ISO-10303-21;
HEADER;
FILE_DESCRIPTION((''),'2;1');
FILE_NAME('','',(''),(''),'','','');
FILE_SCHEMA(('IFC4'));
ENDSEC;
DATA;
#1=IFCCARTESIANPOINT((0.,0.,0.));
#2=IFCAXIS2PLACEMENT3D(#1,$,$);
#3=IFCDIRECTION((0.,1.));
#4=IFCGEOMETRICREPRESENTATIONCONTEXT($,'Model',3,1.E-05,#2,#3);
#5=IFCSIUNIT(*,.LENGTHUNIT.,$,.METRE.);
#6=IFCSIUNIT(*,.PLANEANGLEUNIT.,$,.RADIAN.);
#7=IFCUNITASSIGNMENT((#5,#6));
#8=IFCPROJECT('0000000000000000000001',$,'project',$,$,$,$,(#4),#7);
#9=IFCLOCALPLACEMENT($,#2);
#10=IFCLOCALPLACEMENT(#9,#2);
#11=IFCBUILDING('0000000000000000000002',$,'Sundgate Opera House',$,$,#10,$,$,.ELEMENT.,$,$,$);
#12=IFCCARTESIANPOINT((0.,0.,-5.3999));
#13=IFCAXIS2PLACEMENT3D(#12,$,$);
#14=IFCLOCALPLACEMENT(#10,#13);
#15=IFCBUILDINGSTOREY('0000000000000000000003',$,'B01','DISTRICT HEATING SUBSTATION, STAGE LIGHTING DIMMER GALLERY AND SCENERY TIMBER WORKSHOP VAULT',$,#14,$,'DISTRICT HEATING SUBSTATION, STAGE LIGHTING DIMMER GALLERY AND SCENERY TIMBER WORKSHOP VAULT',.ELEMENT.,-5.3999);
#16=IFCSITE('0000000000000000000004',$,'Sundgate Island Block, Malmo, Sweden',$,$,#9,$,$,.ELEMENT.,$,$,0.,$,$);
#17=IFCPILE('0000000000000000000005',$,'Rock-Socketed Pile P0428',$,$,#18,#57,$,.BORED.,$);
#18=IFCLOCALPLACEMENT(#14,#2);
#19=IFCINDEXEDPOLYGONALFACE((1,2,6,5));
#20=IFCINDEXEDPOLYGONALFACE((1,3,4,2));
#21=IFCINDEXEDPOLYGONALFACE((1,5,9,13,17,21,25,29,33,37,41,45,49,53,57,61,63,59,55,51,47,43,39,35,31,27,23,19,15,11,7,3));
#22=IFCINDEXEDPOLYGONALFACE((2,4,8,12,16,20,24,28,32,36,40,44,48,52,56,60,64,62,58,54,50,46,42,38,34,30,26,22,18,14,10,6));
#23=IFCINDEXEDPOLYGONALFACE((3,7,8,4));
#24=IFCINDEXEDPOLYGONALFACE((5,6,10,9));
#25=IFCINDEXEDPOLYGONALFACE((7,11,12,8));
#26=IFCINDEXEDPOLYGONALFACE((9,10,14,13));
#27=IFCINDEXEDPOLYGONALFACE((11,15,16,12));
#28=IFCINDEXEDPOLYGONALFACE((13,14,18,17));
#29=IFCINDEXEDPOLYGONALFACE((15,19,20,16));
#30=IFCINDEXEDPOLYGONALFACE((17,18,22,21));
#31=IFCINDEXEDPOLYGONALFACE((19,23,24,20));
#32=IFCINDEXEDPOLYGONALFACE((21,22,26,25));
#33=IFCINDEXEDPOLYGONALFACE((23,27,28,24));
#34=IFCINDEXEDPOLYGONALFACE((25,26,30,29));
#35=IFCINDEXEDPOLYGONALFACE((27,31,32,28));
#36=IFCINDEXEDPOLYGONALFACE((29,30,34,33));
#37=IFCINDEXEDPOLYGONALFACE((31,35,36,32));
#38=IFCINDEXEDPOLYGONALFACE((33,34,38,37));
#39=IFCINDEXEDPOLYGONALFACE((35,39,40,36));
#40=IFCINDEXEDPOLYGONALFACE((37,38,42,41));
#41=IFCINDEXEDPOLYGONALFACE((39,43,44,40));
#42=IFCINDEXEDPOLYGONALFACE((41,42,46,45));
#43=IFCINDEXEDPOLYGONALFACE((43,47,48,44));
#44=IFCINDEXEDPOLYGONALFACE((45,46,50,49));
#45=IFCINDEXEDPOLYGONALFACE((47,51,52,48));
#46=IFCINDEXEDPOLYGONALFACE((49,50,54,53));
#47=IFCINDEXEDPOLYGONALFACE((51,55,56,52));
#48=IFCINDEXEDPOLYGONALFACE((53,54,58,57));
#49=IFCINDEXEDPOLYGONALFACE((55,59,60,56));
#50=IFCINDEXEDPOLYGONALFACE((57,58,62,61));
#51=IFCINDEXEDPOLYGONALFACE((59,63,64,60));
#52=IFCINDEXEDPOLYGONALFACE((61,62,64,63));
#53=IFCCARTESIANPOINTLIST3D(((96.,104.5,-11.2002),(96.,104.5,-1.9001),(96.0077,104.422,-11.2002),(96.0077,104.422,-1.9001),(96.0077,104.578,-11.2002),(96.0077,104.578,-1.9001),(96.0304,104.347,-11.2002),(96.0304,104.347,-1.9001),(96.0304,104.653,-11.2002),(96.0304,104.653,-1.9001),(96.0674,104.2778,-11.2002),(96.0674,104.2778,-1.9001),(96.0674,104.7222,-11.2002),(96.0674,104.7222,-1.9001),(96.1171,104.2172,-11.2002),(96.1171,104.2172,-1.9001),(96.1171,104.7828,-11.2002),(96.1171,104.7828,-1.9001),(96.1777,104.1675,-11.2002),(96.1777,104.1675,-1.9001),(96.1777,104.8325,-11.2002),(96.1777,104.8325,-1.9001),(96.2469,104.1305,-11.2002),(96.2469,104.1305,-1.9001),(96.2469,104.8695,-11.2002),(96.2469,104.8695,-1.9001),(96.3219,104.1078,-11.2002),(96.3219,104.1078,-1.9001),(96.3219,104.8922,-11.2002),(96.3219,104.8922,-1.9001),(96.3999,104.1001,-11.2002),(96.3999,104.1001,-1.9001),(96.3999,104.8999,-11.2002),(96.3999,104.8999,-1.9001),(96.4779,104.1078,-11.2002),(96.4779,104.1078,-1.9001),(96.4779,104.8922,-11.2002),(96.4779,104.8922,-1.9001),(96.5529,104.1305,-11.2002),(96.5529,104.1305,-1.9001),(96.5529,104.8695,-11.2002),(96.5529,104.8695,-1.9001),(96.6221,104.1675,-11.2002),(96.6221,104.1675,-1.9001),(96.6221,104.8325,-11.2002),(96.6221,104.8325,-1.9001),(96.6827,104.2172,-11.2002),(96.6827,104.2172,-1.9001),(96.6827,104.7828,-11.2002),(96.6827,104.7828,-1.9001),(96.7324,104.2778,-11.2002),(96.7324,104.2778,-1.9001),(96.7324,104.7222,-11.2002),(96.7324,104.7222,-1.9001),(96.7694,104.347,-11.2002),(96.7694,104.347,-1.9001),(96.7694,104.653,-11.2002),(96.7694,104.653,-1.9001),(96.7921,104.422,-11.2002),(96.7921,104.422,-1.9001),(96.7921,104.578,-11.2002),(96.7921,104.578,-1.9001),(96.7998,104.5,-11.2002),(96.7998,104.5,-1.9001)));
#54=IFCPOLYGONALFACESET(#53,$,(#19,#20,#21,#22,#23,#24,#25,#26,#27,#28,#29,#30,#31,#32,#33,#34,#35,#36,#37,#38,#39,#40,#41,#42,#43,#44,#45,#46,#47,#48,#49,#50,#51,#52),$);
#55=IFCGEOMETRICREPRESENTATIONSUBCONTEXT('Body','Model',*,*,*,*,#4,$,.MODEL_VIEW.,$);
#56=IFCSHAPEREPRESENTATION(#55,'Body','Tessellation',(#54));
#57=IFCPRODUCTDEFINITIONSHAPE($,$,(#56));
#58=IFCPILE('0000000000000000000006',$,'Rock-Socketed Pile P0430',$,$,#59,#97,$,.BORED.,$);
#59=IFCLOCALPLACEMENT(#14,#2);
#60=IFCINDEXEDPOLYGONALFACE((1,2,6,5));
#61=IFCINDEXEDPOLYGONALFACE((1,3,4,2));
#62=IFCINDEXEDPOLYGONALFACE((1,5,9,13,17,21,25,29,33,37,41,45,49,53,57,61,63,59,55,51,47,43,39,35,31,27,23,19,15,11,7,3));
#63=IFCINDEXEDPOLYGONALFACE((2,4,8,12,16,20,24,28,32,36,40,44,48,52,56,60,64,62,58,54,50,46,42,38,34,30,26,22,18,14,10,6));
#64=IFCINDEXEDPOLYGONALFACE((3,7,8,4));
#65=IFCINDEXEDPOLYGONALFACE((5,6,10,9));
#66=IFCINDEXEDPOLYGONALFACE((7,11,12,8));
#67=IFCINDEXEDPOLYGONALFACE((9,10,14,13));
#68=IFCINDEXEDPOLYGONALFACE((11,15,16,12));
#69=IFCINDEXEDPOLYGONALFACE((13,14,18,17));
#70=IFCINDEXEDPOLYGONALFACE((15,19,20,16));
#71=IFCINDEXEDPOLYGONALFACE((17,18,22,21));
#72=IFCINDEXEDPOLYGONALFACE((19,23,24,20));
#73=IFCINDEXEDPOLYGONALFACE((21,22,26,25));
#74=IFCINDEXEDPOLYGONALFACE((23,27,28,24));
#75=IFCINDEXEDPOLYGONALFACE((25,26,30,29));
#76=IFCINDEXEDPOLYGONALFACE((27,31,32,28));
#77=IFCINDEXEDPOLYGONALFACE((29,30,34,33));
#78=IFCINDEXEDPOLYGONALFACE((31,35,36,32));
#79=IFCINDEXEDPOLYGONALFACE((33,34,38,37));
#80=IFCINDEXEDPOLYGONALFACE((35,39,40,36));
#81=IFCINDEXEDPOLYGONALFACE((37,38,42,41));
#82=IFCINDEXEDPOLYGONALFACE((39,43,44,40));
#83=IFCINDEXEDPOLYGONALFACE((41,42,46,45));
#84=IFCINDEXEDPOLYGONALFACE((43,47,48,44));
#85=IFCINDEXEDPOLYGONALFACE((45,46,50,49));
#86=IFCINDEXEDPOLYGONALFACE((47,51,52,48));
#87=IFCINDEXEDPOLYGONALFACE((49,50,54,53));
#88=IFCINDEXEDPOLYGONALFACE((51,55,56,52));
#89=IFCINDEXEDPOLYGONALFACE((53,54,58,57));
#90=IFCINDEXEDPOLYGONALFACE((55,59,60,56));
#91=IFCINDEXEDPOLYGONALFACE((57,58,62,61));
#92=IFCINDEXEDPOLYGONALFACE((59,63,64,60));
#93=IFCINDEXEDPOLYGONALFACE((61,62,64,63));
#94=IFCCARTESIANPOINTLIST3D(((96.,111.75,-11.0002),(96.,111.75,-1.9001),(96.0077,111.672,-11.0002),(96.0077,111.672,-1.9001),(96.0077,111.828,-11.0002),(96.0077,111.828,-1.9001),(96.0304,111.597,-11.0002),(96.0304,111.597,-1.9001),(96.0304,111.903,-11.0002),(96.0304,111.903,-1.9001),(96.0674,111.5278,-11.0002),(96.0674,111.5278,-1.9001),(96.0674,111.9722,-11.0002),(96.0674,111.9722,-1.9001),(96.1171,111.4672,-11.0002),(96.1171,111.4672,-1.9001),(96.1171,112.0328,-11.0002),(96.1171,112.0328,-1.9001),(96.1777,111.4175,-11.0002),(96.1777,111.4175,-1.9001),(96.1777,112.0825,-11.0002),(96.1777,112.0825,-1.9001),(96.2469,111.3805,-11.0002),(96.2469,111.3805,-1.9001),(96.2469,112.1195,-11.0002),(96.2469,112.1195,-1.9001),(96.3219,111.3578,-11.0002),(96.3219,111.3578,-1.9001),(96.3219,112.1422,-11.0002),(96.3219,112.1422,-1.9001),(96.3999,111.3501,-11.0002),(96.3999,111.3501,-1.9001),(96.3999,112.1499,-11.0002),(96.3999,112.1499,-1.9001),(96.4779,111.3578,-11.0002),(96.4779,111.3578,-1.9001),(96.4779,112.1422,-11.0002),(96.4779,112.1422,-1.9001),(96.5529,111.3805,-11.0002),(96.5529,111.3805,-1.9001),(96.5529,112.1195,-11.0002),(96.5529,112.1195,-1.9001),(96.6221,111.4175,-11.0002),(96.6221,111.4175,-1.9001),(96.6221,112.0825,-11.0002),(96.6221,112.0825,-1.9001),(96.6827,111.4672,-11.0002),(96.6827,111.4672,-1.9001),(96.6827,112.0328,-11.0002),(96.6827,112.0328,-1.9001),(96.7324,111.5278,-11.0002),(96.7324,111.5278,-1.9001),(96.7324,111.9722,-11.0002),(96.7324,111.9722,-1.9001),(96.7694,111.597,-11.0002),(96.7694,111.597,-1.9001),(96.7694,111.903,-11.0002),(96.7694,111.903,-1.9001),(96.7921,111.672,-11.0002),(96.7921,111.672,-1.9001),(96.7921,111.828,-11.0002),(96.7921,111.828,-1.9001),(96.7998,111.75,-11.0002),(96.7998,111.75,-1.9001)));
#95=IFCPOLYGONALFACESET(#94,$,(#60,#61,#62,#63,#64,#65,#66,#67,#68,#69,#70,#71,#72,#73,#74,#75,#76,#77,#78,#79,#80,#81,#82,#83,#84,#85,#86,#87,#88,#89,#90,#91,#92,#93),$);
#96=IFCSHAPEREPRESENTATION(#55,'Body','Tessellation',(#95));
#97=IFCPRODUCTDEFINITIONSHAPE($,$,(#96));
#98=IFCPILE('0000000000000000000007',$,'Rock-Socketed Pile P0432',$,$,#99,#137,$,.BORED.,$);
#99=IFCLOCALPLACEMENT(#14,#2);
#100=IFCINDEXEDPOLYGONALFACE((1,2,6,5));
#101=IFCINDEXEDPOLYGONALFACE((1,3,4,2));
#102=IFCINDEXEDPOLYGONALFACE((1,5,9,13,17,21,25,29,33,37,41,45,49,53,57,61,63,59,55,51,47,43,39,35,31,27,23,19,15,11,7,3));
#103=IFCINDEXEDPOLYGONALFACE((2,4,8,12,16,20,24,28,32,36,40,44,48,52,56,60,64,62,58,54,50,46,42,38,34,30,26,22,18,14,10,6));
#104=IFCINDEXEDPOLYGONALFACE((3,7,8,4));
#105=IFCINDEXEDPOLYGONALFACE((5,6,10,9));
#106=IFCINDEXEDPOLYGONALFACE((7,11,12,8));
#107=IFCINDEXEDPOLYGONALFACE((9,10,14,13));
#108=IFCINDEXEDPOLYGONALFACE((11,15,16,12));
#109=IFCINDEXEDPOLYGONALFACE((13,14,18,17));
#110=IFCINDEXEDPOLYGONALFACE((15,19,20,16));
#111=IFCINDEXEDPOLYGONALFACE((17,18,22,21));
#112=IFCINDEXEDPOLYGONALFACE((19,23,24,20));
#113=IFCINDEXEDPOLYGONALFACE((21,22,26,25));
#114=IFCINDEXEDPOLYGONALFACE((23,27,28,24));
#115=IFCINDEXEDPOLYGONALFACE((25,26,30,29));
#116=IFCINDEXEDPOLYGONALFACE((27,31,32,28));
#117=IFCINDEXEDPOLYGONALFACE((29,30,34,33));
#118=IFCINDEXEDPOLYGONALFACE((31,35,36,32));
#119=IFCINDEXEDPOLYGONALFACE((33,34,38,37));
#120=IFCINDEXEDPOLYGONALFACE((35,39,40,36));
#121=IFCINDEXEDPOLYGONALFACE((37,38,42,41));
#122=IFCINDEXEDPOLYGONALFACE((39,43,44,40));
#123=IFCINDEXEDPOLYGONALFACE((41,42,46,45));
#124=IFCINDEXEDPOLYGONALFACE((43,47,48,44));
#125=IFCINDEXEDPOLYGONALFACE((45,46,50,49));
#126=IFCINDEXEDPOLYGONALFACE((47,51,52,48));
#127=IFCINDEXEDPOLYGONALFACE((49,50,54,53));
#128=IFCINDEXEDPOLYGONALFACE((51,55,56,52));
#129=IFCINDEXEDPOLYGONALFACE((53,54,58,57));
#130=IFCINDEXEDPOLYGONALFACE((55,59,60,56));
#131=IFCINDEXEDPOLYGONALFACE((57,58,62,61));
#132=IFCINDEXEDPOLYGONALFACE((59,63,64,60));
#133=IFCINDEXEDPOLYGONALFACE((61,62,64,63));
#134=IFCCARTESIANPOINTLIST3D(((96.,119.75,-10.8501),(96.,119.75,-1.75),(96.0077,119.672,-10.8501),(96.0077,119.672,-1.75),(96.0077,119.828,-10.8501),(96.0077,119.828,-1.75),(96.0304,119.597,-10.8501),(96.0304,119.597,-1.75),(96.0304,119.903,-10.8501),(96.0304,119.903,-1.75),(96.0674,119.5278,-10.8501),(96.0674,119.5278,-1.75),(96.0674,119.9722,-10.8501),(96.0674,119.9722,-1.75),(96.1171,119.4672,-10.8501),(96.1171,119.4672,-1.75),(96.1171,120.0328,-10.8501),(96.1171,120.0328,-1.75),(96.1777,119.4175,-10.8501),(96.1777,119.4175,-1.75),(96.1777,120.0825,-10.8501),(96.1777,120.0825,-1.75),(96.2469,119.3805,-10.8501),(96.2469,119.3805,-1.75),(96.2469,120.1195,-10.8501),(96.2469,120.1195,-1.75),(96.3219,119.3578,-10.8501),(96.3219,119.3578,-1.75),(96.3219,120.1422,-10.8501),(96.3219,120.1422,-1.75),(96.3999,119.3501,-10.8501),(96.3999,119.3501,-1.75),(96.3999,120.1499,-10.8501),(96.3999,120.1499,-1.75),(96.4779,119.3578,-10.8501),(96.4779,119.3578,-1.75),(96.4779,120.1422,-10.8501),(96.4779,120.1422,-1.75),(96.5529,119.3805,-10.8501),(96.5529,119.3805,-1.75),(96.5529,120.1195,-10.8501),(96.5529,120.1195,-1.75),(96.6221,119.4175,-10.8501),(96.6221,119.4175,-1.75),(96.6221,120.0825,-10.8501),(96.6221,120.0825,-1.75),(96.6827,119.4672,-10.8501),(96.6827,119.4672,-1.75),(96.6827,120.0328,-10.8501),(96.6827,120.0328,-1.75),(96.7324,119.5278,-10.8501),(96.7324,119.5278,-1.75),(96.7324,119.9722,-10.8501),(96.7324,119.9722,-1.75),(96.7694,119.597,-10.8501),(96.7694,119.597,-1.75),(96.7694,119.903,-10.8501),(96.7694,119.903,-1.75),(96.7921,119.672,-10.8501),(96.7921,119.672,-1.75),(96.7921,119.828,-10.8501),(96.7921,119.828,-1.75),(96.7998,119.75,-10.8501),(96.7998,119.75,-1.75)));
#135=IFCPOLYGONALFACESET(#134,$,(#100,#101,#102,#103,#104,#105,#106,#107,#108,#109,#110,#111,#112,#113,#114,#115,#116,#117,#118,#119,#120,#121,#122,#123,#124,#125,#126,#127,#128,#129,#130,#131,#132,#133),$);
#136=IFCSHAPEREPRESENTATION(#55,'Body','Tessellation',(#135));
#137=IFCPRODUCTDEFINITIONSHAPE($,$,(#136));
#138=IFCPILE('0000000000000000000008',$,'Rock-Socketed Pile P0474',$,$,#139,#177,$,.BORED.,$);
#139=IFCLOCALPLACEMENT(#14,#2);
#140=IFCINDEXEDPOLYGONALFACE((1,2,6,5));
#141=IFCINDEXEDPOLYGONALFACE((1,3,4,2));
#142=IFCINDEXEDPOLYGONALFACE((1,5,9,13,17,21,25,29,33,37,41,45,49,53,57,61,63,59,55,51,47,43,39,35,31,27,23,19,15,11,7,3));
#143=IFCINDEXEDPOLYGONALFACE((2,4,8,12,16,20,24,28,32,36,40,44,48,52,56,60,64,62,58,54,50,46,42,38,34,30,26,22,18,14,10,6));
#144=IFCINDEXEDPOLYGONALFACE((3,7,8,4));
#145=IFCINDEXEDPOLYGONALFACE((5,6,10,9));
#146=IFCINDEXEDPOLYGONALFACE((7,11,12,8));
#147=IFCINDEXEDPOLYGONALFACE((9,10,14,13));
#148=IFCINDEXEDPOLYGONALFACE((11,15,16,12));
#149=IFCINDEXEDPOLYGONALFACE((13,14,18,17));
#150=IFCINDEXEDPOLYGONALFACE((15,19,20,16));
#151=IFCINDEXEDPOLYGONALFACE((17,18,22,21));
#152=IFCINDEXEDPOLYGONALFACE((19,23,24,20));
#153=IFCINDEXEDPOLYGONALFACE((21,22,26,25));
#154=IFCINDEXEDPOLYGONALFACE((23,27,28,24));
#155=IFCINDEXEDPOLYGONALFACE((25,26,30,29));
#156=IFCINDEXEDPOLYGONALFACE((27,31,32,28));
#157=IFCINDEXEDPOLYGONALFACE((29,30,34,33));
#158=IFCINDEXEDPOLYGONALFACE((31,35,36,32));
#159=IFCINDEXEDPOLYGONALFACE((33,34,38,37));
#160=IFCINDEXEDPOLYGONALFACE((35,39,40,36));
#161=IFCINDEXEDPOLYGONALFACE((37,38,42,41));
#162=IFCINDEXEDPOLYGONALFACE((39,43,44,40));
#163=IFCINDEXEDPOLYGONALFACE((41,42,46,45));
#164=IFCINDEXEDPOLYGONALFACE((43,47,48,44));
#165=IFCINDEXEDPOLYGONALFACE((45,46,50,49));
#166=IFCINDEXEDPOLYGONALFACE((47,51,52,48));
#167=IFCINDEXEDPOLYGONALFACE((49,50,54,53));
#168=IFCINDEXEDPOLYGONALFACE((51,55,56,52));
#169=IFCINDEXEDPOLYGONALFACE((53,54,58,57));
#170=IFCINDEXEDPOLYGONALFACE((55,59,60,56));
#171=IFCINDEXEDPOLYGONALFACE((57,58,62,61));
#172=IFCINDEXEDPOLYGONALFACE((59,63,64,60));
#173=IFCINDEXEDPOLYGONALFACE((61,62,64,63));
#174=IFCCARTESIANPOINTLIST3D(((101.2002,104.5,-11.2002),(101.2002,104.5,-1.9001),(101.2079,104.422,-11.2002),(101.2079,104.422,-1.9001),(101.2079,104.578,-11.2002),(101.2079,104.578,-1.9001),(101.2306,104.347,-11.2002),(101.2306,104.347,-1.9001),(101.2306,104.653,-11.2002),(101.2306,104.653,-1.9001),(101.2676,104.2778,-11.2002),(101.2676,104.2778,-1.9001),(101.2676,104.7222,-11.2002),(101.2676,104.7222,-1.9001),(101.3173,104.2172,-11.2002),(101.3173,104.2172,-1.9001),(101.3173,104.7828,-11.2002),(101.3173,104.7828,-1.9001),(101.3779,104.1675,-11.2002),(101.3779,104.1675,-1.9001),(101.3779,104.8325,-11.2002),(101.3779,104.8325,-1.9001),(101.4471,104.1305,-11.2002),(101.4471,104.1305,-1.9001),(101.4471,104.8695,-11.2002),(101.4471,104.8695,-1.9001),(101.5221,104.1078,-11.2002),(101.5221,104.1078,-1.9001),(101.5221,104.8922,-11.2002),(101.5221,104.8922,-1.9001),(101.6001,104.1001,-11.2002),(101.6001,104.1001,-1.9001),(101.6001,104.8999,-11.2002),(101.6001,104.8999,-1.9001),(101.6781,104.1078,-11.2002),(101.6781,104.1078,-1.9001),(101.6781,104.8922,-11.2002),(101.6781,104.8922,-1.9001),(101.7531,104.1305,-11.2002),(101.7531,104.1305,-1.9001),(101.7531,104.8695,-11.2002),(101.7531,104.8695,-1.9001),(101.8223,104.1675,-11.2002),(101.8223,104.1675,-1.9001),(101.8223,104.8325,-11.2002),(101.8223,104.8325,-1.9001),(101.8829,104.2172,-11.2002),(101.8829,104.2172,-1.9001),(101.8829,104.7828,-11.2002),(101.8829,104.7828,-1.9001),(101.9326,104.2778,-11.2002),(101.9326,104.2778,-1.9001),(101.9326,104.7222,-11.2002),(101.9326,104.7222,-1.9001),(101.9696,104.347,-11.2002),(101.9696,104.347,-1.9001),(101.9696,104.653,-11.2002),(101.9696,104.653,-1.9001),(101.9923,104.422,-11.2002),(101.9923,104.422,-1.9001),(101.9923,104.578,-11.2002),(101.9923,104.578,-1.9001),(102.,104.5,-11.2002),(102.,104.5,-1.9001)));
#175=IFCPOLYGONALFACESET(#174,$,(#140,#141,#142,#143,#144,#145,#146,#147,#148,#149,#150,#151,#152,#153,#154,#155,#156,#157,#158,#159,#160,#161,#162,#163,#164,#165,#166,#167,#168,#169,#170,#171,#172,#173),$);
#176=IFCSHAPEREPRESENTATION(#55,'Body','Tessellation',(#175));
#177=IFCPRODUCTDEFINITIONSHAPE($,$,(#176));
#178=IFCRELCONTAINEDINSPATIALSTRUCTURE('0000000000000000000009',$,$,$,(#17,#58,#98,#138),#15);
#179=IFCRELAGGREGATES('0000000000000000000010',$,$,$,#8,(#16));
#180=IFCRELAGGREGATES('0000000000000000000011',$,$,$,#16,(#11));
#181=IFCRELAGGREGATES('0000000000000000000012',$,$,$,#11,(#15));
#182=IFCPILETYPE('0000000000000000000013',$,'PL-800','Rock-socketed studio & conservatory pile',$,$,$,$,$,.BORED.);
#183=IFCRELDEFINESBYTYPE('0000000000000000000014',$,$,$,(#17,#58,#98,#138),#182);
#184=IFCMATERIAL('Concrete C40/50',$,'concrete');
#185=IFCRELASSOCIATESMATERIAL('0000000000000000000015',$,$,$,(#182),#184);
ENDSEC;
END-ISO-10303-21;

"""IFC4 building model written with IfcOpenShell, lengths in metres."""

from ifc_helpers import new_model, si_unit, direction, frame, origin, origin_2d, place, context, subcontext, project, spatial, circle, extrude, material, material_profile, profile_set, type_object, element, save


model = new_model("IFC4")

# Units and contexts
model_context = context("Model", 3, precision=1e-05, world=origin(), true_north=direction((0.0, 1.0)))
body_context = subcontext(model_context, "Body", "Model", "MODEL_VIEW")
ifc_project = project(units=[si_unit("LENGTHUNIT", "METRE"), si_unit("PLANEANGLEUNIT", "RADIAN")], contexts=[model_context])

# Site, building, storey
site_placement = place(None, origin())
site = spatial("IfcSite", under=ifc_project, at=site_placement, Name="Sundgate Island Block, Malmo, Sweden", CompositionType="ELEMENT", RefElevation=0.0)
building_placement = place(site_placement, origin())
building = spatial("IfcBuilding", under=site, at=building_placement, Name="Sundgate Opera House", CompositionType="ELEMENT")
storey_placement = place(building_placement, frame((0.0, 0.0, -5.3999)))
storey = spatial("IfcBuildingStorey", under=building, at=storey_placement, Name="B01", Description="DISTRICT HEATING SUBSTATION, STAGE LIGHTING DIMMER GALLERY AND SCENERY TIMBER WORKSHOP VAULT", LongName="DISTRICT HEATING SUBSTATION, STAGE LIGHTING DIMMER GALLERY AND SCENERY TIMBER WORKSHOP VAULT", CompositionType="ELEMENT", Elevation=-5.3999)

# Piles
ifc_material_1 = material(Name="Concrete C40/50", Category="concrete")
ifc_material_profile_1 = material_profile(ifc_material_1, circle(Radius=0.3999, at=origin_2d()), Name="PILE D800")
ifc_profile_set_1 = profile_set([ifc_material_profile_1], Name="Concrete C40/50")
pile_type = type_object("IfcPileType", Name="PL-800", Description="Rock-socketed studio & conservatory pile", PredefinedType="BORED", material=ifc_profile_set_1)
pile_1_placement = place(storey_placement, frame((96.3999, 104.5, -1.9001), z_axis=(0.0, 0.0, -1.0), x_axis=(1.0, 0.0, 0.0)))
element("IfcPile", 1, at=pile_1_placement, inside=storey, type_object=pile_type, Name="Rock-Socketed Pile P0428", PredefinedType="BORED", context=body_context, shape_type="SweptSolid", body=[
    extrude(circle(Radius=0.3999, at=origin_2d()), origin(), (0.0, 0.0, 1.0), 9.3),
])
for number, where, z_axis, x_axis, name in (
    (2, (96.3999, 111.75, -1.9001), (0.0, 0.0, -1.0), (1.0, 0.0, 0.0), "Rock-Socketed Pile P0430"),
    (3, (96.3999, 119.75, -1.75), (0.0, 0.0, -1.0), (1.0, 0.0, 0.0), "Rock-Socketed Pile P0432"),
):
    element("IfcPile", number, at=place(storey_placement, frame(where, z_axis=z_axis, x_axis=x_axis)), inside=storey, type_object=pile_type, Name=name, PredefinedType="BORED", context=body_context, shape_type="SweptSolid", body=[
        extrude(circle(Radius=0.3999, at=origin_2d()), origin(), (0.0, 0.0, 1.0), 9.1001),
    ])
for number, where, z_axis, x_axis, name in (
    (4, (101.6001, 104.5, -1.9001), (0.0, 0.0, -1.0), (1.0, 0.0, 0.0), "Rock-Socketed Pile P0474"),
):
    element("IfcPile", number, at=place(storey_placement, frame(where, z_axis=z_axis, x_axis=x_axis)), inside=storey, type_object=pile_type, Name=name, PredefinedType="BORED", context=body_context, shape_type="SweptSolid", body=[
        extrude(circle(Radius=0.3999, at=origin_2d()), origin(), (0.0, 0.0, 1.0), 9.3),
    ])

save(model, "model.ifc")
